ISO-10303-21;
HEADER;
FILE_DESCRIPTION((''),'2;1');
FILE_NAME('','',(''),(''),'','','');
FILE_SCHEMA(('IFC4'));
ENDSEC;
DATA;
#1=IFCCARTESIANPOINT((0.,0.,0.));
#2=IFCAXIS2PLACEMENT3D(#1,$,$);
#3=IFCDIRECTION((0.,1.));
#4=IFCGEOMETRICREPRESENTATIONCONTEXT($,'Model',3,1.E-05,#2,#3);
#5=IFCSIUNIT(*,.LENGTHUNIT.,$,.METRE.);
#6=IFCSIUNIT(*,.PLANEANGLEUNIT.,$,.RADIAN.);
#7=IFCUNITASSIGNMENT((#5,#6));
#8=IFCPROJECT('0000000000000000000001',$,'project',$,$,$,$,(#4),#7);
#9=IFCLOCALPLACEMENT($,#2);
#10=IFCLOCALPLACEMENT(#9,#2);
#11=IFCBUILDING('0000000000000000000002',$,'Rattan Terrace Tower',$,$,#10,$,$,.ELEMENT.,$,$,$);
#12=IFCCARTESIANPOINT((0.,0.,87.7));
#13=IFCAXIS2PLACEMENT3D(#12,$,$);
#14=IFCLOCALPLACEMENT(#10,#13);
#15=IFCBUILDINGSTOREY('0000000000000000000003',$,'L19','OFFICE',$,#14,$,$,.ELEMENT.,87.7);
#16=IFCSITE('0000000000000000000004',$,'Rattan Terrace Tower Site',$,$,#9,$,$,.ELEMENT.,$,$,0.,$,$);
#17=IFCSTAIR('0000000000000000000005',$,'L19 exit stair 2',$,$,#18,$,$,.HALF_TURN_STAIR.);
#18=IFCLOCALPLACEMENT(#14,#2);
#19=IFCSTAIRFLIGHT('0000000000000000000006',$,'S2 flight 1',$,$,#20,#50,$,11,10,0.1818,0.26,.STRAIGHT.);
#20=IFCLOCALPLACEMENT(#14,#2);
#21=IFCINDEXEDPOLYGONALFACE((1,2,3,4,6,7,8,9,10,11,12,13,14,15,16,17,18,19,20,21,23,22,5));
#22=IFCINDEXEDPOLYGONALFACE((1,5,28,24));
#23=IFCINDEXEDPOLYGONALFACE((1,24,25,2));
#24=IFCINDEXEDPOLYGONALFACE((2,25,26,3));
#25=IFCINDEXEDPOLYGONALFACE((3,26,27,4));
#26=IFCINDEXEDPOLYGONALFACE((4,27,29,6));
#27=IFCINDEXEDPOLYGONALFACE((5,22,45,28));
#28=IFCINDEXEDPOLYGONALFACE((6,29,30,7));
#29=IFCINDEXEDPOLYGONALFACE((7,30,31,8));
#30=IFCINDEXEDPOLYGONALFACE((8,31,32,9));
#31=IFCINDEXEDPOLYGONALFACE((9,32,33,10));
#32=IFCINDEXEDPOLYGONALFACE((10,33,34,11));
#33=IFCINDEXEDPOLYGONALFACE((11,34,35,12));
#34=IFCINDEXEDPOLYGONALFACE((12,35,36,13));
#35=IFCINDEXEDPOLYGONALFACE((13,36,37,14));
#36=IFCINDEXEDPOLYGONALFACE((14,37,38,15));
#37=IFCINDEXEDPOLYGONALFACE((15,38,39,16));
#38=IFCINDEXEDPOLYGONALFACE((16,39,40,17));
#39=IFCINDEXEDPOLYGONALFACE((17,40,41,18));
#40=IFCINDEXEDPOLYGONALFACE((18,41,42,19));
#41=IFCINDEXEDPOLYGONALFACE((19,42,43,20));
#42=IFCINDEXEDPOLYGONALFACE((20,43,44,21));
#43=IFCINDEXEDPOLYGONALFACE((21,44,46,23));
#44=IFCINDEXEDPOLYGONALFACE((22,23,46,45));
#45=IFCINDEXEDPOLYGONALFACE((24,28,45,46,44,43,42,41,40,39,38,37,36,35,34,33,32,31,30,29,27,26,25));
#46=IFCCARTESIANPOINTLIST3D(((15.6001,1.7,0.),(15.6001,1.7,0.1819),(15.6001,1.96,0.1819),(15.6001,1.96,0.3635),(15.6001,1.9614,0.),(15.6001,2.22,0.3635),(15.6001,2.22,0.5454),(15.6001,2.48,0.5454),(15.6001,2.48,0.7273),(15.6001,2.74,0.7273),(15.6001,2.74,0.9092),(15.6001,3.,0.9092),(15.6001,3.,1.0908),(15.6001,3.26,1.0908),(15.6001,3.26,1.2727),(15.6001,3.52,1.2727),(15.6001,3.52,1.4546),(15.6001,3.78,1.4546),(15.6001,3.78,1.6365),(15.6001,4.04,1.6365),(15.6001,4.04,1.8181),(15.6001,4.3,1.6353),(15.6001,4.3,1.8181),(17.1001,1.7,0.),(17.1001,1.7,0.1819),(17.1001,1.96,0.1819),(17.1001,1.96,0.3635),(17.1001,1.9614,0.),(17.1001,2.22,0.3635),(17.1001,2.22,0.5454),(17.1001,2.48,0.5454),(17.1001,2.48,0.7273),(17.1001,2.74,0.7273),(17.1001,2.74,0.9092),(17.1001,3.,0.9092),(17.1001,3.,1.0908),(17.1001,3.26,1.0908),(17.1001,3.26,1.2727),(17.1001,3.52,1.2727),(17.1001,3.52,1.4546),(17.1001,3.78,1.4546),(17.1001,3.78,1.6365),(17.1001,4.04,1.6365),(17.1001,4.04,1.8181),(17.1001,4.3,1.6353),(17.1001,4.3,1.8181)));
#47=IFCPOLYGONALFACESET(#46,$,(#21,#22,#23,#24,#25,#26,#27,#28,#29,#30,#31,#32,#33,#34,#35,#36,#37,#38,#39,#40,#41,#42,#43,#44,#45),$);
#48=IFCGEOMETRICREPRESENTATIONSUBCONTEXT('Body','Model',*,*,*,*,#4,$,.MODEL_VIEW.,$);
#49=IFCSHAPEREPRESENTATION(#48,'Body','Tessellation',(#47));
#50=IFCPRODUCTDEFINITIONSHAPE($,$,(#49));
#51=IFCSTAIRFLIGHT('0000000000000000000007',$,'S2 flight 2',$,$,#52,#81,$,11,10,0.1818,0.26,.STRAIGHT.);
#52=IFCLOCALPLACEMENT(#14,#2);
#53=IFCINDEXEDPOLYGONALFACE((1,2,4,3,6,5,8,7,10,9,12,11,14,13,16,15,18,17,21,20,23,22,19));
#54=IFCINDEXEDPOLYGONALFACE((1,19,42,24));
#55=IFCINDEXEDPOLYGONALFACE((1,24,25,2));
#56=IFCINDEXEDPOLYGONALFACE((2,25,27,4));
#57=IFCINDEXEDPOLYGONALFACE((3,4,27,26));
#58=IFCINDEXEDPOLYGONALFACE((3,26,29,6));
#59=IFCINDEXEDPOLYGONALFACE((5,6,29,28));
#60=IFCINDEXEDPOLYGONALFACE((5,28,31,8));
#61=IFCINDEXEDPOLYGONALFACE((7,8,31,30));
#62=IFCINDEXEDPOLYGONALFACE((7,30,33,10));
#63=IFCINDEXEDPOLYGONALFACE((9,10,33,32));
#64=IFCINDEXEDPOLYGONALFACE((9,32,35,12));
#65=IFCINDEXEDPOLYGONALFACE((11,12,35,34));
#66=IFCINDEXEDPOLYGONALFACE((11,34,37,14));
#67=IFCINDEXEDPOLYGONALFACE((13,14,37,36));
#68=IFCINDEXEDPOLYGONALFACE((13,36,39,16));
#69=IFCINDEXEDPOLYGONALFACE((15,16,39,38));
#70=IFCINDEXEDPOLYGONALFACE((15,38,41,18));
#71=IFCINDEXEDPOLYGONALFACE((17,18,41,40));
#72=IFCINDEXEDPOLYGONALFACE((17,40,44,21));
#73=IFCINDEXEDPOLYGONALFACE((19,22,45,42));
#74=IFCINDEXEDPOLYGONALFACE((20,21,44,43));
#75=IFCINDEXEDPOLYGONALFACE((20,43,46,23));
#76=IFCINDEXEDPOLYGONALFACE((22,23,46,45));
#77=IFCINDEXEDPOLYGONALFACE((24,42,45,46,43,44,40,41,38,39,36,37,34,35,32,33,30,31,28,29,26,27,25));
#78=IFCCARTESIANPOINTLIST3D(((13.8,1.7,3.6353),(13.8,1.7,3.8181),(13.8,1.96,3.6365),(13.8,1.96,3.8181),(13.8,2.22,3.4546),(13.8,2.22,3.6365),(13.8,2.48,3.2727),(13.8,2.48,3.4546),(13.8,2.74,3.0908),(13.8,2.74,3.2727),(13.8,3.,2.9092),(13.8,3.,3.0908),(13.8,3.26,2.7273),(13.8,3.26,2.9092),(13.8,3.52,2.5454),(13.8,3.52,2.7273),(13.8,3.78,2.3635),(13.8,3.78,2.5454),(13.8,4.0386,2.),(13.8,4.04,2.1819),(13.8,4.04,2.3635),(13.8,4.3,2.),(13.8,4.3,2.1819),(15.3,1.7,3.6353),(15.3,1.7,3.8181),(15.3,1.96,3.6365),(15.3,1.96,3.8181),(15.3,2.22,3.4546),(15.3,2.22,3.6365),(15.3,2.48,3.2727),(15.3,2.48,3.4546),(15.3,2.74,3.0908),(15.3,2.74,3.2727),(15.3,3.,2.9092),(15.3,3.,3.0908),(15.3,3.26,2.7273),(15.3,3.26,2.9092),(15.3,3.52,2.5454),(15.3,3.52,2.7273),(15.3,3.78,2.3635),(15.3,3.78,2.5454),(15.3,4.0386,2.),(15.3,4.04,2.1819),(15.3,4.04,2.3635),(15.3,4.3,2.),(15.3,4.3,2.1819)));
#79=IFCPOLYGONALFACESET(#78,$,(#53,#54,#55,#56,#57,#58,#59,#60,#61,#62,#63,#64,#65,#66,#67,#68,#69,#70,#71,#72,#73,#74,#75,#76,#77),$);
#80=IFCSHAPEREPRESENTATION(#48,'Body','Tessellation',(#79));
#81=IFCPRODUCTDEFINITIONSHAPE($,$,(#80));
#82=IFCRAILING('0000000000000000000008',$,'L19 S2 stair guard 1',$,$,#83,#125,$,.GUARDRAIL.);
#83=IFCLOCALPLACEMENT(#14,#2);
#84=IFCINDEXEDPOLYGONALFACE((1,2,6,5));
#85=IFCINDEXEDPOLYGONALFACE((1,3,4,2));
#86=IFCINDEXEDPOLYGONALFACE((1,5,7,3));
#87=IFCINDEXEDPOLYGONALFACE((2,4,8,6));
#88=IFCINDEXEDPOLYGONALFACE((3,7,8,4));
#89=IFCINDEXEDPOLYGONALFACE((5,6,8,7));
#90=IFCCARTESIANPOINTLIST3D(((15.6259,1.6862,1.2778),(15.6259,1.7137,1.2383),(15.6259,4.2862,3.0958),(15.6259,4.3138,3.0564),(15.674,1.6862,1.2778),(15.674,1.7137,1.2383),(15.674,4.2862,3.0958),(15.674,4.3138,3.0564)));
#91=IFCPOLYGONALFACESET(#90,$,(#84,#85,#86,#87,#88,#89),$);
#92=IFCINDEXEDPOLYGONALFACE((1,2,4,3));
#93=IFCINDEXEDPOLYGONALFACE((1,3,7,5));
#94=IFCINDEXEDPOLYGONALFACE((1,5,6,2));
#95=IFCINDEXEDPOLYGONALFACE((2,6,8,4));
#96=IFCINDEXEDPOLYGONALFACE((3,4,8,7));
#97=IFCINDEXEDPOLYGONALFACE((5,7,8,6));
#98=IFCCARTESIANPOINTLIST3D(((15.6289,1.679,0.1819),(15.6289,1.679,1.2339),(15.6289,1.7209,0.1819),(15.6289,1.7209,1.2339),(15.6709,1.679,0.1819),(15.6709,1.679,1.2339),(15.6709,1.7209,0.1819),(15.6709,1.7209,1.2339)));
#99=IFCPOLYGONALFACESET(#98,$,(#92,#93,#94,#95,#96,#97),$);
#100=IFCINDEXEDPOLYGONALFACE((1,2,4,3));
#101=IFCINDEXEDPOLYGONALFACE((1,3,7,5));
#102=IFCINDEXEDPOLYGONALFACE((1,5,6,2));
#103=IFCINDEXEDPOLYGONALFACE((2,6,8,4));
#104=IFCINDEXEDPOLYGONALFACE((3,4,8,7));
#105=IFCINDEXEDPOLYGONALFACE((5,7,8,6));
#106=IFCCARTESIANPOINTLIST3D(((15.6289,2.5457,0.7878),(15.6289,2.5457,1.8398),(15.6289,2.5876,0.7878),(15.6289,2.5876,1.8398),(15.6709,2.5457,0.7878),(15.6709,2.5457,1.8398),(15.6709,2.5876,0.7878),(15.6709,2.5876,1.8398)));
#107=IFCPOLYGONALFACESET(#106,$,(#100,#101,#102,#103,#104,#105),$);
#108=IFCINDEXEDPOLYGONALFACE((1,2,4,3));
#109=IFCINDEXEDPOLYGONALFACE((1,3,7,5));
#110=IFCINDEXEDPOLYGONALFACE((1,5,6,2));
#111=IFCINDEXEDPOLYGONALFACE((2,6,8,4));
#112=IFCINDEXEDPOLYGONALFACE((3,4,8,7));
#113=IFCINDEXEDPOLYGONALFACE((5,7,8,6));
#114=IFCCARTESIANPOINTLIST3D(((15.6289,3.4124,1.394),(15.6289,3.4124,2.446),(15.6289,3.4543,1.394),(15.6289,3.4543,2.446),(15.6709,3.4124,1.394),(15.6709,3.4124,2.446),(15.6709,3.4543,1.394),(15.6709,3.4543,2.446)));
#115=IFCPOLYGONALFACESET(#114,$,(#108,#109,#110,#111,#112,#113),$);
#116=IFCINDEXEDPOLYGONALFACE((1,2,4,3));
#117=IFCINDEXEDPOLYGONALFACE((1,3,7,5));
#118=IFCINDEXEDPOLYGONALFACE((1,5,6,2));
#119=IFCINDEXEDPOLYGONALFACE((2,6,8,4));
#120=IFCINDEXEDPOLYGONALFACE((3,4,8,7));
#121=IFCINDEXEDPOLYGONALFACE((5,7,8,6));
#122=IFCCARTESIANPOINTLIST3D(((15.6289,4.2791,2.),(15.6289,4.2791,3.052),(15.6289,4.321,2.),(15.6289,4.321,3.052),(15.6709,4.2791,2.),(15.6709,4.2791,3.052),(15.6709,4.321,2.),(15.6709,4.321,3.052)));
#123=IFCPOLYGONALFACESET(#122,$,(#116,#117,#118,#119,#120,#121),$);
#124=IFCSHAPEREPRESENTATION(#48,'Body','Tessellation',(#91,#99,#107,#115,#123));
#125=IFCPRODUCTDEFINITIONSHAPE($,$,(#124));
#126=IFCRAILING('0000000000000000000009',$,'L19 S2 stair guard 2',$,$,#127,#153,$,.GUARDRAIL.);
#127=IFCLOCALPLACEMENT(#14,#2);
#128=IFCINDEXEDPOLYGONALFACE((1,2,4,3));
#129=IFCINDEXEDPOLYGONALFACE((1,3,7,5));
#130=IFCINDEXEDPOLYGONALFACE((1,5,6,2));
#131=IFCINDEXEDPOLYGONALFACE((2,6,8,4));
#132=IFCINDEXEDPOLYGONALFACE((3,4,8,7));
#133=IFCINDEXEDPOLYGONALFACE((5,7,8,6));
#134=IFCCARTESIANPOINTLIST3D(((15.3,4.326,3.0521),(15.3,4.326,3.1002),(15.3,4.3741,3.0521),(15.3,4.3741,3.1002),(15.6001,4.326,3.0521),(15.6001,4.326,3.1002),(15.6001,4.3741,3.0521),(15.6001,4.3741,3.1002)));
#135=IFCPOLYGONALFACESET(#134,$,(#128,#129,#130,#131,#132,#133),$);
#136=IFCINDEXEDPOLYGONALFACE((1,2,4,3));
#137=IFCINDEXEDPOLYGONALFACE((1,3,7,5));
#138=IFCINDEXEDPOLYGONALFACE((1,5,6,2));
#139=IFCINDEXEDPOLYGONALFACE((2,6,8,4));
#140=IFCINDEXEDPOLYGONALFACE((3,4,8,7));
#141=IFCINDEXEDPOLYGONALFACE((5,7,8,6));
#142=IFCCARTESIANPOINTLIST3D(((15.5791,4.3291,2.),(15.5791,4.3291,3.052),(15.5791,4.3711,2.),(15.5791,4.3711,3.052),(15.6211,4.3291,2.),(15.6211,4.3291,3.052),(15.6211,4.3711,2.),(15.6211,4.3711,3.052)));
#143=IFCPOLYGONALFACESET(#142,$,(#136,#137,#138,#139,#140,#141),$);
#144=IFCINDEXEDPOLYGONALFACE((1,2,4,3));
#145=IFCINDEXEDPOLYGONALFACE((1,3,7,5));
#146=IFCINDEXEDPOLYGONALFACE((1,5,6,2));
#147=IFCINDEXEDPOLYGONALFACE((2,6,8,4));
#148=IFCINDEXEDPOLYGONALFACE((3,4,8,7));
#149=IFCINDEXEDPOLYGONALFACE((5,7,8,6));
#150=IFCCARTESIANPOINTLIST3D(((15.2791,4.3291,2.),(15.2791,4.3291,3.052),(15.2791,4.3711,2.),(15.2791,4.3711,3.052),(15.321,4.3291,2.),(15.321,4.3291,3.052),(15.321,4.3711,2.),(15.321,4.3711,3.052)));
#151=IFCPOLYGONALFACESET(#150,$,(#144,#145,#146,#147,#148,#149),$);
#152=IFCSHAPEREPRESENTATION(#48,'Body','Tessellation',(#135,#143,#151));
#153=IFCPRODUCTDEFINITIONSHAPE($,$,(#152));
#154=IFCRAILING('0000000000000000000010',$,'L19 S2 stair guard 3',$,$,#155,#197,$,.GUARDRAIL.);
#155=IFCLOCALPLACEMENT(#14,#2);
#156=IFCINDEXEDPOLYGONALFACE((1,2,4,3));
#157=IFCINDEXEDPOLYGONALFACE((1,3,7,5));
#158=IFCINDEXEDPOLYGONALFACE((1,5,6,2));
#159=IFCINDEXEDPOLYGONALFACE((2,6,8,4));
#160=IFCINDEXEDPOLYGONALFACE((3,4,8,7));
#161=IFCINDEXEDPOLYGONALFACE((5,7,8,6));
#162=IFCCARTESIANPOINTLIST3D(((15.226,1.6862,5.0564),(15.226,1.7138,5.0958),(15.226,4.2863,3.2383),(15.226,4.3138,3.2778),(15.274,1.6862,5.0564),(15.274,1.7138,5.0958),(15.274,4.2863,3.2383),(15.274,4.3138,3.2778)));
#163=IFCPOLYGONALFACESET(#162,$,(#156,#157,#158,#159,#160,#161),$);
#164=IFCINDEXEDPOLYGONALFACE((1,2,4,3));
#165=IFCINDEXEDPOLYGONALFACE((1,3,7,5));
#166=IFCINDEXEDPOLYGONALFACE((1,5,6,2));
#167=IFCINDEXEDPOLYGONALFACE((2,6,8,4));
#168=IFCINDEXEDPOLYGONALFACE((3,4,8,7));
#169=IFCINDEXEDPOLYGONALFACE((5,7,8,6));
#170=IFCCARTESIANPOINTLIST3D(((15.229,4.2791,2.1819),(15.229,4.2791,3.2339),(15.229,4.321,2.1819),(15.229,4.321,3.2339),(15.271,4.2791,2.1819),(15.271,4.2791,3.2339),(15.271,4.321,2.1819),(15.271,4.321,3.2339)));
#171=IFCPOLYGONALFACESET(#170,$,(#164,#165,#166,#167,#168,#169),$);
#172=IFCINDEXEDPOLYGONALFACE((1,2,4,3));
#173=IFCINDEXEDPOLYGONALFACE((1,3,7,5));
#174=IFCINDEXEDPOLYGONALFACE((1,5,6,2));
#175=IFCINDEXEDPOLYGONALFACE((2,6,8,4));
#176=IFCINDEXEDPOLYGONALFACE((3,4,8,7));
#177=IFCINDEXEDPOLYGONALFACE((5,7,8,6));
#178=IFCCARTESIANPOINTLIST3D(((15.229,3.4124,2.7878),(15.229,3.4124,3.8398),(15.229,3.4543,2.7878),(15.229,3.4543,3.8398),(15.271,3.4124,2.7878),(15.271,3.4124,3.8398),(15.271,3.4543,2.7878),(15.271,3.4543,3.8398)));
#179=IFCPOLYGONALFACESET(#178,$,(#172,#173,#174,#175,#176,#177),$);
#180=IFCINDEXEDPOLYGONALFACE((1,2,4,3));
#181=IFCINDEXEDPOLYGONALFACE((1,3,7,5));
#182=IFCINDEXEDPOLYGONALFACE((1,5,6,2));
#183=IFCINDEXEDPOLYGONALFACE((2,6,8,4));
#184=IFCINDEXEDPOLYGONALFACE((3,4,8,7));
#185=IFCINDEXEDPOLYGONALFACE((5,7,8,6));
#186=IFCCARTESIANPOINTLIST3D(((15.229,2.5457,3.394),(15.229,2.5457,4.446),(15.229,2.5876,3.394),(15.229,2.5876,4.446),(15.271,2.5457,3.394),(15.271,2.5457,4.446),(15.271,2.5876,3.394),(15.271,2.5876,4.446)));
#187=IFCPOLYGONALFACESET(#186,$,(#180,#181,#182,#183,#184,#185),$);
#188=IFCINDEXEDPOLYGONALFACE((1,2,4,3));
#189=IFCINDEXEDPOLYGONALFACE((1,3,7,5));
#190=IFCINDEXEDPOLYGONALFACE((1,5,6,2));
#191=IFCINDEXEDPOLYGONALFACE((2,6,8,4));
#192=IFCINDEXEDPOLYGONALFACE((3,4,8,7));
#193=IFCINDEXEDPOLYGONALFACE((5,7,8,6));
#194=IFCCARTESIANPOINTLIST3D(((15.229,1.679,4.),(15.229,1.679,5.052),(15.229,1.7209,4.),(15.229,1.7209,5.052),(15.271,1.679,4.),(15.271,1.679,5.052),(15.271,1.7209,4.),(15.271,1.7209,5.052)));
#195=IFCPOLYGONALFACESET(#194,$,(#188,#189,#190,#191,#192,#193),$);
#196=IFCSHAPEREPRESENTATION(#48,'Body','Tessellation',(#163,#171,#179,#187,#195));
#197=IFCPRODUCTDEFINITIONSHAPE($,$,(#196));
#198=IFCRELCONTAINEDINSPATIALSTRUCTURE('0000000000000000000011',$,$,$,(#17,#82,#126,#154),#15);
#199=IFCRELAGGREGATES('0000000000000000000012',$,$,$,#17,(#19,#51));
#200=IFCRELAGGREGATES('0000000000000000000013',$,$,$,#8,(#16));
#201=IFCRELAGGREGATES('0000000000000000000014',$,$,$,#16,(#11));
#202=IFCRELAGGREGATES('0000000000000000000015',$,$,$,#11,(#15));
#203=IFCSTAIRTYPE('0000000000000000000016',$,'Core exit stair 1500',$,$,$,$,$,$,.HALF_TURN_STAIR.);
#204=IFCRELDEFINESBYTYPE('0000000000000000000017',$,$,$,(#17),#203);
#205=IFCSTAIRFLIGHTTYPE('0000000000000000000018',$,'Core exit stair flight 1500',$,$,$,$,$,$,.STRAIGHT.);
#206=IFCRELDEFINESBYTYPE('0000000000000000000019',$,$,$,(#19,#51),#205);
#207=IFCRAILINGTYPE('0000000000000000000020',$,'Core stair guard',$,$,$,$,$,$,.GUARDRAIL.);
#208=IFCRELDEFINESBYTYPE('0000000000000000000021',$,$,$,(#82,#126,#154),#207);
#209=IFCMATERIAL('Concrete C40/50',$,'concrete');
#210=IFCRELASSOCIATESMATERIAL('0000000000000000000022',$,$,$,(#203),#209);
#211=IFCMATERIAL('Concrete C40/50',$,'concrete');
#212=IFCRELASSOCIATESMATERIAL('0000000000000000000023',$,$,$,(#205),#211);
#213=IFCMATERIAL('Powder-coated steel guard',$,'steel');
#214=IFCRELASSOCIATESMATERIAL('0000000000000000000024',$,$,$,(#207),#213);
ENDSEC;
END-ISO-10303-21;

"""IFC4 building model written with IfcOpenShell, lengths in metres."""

from ifc_helpers import new_model, si_unit, direction, frame, origin, origin_2d, place, context, subcontext, project, spatial, polyline, rectangle, outline, extrude, material, type_object, element, aggregate, save


model = new_model("IFC4")

# Units and contexts
model_context = context("Model", 3, precision=1e-05, world=origin(), true_north=direction((0.0, 1.0)))
body_context = subcontext(model_context, "Body", "Model", "MODEL_VIEW")
ifc_project = project(units=[si_unit("LENGTHUNIT", "METRE"), si_unit("PLANEANGLEUNIT", "RADIAN")], contexts=[model_context])

# Site, building, storey
site_placement = place(None, origin())
site = spatial("IfcSite", under=ifc_project, at=site_placement, Name="Rattan Terrace Tower Site", CompositionType="ELEMENT", RefElevation=0.0)
building_placement = place(site_placement, origin())
building = spatial("IfcBuilding", under=site, at=building_placement, Name="Rattan Terrace Tower", CompositionType="ELEMENT")
storey_placement = place(building_placement, frame((0.0, 0.0, 87.7)))
storey = spatial("IfcBuildingStorey", under=building, at=storey_placement, Name="L19", Description="OFFICE", CompositionType="ELEMENT", Elevation=87.7)

# Stair, stair flights
ifc_material_1 = material(Name="Concrete C40/50", Category="concrete")
stair_type = type_object("IfcStairType", Name="Core exit stair 1500", PredefinedType="HALF_TURN_STAIR", material=ifc_material_1)
stair_placement = place(storey_placement, origin())
stair = element("IfcStair", 1, at=stair_placement, inside=storey, type_object=stair_type, Name="L19 exit stair 2", PredefinedType="HALF_TURN_STAIR")
ifc_material_2 = material(Name="Concrete C40/50", Category="concrete")
stair_flight_type = type_object("IfcStairFlightType", Name="Core exit stair flight 1500", PredefinedType="STRAIGHT", material=ifc_material_2)
stair_flight_1_placement = place(storey_placement, frame((16.3501, 1.7, 0.0), z_axis=(0.0, 0.0, 1.0), x_axis=(0.0, 1.0, 0.0)))
stair_flight_1 = element("IfcStairFlight", 2, at=stair_flight_1_placement, type_object=stair_flight_type, Name="S2 flight 1", NumberOfRisers=11, NumberOfTreads=10, PredefinedType="STRAIGHT", RiserHeight=0.1818, TreadLength=0.26, context=body_context, shape_type="SweptSolid", body=[
    extrude(outline(polyline([(0.0, 0.0), (0.0, 0.1819), (0.26, 0.1819), (0.26, 0.3635), (0.52, 0.3635), (0.52, 0.5454), (0.78, 0.5454), (0.78, 0.7273), (1.04, 0.7273), (1.04, 0.9092), (1.3, 0.9092), (1.3, 1.0908), (1.5601, 1.0908), (1.5601, 1.2727), (1.8201, 1.2727), (1.8201, 1.4546), (2.0801, 1.4546), (2.0801, 1.6365), (2.3401, 1.6365), (2.3401, 1.8181), (2.6001, 1.8181), (2.6001, 2.0), (2.6001, 1.6353), (0.2615, 0.0), (0.0, 0.0)])), frame((0.0, 0.75, 0.0), z_axis=(0.0, -1.0, 0.0), x_axis=(1.0, 0.0, 0.0)), (0.0, 0.0, 1.0), 1.5),
])
stair_flight_2_placement = place(storey_placement, frame((14.55, 4.3, 2.0), z_axis=(0.0, 0.0, 1.0), x_axis=(0.0, -1.0, 0.0)))
stair_flight_2 = element("IfcStairFlight", 3, at=stair_flight_2_placement, type_object=stair_flight_type, Name="S2 flight 2", NumberOfRisers=11, NumberOfTreads=10, PredefinedType="STRAIGHT", RiserHeight=0.1818, TreadLength=0.26, context=body_context, shape_type="SweptSolid", body=[
    extrude(outline(polyline([(0.0, 0.0), (0.0, 0.1819), (0.26, 0.1819), (0.26, 0.3635), (0.52, 0.3635), (0.52, 0.5454), (0.78, 0.5454), (0.78, 0.7273), (1.04, 0.7273), (1.04, 0.9092), (1.3, 0.9092), (1.3, 1.0908), (1.5601, 1.0908), (1.5601, 1.2727), (1.8201, 1.2727), (1.8201, 1.4546), (2.0801, 1.4546), (2.0801, 1.6365), (2.3401, 1.6365), (2.3401, 1.8181), (2.6001, 1.8181), (2.6001, 2.0), (2.6001, 1.6353), (0.2615, 0.0), (0.0, 0.0)])), frame((0.0, 0.75, 0.0), z_axis=(0.0, -1.0, 0.0), x_axis=(1.0, 0.0, 0.0)), (0.0, 0.0, 1.0), 1.5),
])
aggregate(stair, [stair_flight_1, stair_flight_2])

# Railings
ifc_material_3 = material(Name="Powder-coated steel guard", Category="steel")
railing_type_1 = type_object("IfcRailingType", Name="Core stair guard", PredefinedType="GUARDRAIL", material=ifc_material_3)
railing_1_placement = place(storey_placement, frame((15.6499, 1.7, 0.1819)))
element("IfcRailing", 4, at=railing_1_placement, inside=storey, type_object=railing_type_1, Name="L19 S2 stair guard 1", PredefinedType="GUARDRAIL", context=body_context, shape_type="SweptSolid", body=[
    extrude(rectangle(XDim=0.0481, YDim=0.0481, at=origin_2d()), frame((0.0, 0.0, 1.0762), z_axis=(0.0, 0.819521, 0.573049), x_axis=(-1.0, 0.0, 0.0)), (0.0, 0.0, 1.0), 3.1726),
    extrude(rectangle(XDim=0.042, YDim=0.042, at=origin_2d()), origin(), (0.0, 0.0, 1.0), 1.052),
    extrude(rectangle(XDim=0.042, YDim=0.042, at=origin_2d()), frame((0.0, 0.8667, 0.606)), (0.0, 0.0, 1.0), 1.052),
    extrude(rectangle(XDim=0.042, YDim=0.042, at=origin_2d()), frame((0.0, 1.7334, 1.2122)), (0.0, 0.0, 1.0), 1.052),
    extrude(rectangle(XDim=0.042, YDim=0.042, at=origin_2d()), frame((0.0, 2.6001, 1.8181)), (0.0, 0.0, 1.0), 1.052),
])
railing_2_placement = place(storey_placement, frame((15.6001, 4.3501, 2.0)))
element("IfcRailing", 5, at=railing_2_placement, inside=storey, type_object=railing_type_1, Name="L19 S2 stair guard 2", PredefinedType="GUARDRAIL", context=body_context, shape_type="SweptSolid", body=[
    extrude(rectangle(XDim=0.0481, YDim=0.0481, at=origin_2d()), frame((0.0, 0.0, 1.0762), z_axis=(-1.0, 0.0, 0.0), x_axis=(0.0, -1.0, 0.0)), (0.0, 0.0, 1.0), 0.3),
    extrude(rectangle(XDim=0.042, YDim=0.042, at=origin_2d()), origin(), (0.0, 0.0, 1.0), 1.052),
    extrude(rectangle(XDim=0.042, YDim=0.042, at=origin_2d()), frame((-0.3, 0.0, 0.0)), (0.0, 0.0, 1.0), 1.052),
])
railing_3_placement = place(storey_placement, frame((15.25, 4.3, 2.1819)))
element("IfcRailing", 6, at=railing_3_placement, inside=storey, type_object=railing_type_1, Name="L19 S2 stair guard 3", PredefinedType="GUARDRAIL", context=body_context, shape_type="SweptSolid", body=[
    extrude(rectangle(XDim=0.0481, YDim=0.0481, at=origin_2d()), frame((0.0, 0.0, 1.0762), z_axis=(0.0, -0.819521, 0.573049), x_axis=(1.0, 0.0, 0.0)), (0.0, 0.0, 1.0), 3.1726),
    extrude(rectangle(XDim=0.042, YDim=0.042, at=origin_2d()), origin(), (0.0, 0.0, 1.0), 1.052),
    extrude(rectangle(XDim=0.042, YDim=0.042, at=origin_2d()), frame((0.0, -0.8667, 0.606)), (0.0, 0.0, 1.0), 1.052),
    extrude(rectangle(XDim=0.042, YDim=0.042, at=origin_2d()), frame((0.0, -1.7334, 1.2122)), (0.0, 0.0, 1.0), 1.052),
    extrude(rectangle(XDim=0.042, YDim=0.042, at=origin_2d()), frame((0.0, -2.6001, 1.8181)), (0.0, 0.0, 1.0), 1.052),
])

save(model, "model.ifc")
